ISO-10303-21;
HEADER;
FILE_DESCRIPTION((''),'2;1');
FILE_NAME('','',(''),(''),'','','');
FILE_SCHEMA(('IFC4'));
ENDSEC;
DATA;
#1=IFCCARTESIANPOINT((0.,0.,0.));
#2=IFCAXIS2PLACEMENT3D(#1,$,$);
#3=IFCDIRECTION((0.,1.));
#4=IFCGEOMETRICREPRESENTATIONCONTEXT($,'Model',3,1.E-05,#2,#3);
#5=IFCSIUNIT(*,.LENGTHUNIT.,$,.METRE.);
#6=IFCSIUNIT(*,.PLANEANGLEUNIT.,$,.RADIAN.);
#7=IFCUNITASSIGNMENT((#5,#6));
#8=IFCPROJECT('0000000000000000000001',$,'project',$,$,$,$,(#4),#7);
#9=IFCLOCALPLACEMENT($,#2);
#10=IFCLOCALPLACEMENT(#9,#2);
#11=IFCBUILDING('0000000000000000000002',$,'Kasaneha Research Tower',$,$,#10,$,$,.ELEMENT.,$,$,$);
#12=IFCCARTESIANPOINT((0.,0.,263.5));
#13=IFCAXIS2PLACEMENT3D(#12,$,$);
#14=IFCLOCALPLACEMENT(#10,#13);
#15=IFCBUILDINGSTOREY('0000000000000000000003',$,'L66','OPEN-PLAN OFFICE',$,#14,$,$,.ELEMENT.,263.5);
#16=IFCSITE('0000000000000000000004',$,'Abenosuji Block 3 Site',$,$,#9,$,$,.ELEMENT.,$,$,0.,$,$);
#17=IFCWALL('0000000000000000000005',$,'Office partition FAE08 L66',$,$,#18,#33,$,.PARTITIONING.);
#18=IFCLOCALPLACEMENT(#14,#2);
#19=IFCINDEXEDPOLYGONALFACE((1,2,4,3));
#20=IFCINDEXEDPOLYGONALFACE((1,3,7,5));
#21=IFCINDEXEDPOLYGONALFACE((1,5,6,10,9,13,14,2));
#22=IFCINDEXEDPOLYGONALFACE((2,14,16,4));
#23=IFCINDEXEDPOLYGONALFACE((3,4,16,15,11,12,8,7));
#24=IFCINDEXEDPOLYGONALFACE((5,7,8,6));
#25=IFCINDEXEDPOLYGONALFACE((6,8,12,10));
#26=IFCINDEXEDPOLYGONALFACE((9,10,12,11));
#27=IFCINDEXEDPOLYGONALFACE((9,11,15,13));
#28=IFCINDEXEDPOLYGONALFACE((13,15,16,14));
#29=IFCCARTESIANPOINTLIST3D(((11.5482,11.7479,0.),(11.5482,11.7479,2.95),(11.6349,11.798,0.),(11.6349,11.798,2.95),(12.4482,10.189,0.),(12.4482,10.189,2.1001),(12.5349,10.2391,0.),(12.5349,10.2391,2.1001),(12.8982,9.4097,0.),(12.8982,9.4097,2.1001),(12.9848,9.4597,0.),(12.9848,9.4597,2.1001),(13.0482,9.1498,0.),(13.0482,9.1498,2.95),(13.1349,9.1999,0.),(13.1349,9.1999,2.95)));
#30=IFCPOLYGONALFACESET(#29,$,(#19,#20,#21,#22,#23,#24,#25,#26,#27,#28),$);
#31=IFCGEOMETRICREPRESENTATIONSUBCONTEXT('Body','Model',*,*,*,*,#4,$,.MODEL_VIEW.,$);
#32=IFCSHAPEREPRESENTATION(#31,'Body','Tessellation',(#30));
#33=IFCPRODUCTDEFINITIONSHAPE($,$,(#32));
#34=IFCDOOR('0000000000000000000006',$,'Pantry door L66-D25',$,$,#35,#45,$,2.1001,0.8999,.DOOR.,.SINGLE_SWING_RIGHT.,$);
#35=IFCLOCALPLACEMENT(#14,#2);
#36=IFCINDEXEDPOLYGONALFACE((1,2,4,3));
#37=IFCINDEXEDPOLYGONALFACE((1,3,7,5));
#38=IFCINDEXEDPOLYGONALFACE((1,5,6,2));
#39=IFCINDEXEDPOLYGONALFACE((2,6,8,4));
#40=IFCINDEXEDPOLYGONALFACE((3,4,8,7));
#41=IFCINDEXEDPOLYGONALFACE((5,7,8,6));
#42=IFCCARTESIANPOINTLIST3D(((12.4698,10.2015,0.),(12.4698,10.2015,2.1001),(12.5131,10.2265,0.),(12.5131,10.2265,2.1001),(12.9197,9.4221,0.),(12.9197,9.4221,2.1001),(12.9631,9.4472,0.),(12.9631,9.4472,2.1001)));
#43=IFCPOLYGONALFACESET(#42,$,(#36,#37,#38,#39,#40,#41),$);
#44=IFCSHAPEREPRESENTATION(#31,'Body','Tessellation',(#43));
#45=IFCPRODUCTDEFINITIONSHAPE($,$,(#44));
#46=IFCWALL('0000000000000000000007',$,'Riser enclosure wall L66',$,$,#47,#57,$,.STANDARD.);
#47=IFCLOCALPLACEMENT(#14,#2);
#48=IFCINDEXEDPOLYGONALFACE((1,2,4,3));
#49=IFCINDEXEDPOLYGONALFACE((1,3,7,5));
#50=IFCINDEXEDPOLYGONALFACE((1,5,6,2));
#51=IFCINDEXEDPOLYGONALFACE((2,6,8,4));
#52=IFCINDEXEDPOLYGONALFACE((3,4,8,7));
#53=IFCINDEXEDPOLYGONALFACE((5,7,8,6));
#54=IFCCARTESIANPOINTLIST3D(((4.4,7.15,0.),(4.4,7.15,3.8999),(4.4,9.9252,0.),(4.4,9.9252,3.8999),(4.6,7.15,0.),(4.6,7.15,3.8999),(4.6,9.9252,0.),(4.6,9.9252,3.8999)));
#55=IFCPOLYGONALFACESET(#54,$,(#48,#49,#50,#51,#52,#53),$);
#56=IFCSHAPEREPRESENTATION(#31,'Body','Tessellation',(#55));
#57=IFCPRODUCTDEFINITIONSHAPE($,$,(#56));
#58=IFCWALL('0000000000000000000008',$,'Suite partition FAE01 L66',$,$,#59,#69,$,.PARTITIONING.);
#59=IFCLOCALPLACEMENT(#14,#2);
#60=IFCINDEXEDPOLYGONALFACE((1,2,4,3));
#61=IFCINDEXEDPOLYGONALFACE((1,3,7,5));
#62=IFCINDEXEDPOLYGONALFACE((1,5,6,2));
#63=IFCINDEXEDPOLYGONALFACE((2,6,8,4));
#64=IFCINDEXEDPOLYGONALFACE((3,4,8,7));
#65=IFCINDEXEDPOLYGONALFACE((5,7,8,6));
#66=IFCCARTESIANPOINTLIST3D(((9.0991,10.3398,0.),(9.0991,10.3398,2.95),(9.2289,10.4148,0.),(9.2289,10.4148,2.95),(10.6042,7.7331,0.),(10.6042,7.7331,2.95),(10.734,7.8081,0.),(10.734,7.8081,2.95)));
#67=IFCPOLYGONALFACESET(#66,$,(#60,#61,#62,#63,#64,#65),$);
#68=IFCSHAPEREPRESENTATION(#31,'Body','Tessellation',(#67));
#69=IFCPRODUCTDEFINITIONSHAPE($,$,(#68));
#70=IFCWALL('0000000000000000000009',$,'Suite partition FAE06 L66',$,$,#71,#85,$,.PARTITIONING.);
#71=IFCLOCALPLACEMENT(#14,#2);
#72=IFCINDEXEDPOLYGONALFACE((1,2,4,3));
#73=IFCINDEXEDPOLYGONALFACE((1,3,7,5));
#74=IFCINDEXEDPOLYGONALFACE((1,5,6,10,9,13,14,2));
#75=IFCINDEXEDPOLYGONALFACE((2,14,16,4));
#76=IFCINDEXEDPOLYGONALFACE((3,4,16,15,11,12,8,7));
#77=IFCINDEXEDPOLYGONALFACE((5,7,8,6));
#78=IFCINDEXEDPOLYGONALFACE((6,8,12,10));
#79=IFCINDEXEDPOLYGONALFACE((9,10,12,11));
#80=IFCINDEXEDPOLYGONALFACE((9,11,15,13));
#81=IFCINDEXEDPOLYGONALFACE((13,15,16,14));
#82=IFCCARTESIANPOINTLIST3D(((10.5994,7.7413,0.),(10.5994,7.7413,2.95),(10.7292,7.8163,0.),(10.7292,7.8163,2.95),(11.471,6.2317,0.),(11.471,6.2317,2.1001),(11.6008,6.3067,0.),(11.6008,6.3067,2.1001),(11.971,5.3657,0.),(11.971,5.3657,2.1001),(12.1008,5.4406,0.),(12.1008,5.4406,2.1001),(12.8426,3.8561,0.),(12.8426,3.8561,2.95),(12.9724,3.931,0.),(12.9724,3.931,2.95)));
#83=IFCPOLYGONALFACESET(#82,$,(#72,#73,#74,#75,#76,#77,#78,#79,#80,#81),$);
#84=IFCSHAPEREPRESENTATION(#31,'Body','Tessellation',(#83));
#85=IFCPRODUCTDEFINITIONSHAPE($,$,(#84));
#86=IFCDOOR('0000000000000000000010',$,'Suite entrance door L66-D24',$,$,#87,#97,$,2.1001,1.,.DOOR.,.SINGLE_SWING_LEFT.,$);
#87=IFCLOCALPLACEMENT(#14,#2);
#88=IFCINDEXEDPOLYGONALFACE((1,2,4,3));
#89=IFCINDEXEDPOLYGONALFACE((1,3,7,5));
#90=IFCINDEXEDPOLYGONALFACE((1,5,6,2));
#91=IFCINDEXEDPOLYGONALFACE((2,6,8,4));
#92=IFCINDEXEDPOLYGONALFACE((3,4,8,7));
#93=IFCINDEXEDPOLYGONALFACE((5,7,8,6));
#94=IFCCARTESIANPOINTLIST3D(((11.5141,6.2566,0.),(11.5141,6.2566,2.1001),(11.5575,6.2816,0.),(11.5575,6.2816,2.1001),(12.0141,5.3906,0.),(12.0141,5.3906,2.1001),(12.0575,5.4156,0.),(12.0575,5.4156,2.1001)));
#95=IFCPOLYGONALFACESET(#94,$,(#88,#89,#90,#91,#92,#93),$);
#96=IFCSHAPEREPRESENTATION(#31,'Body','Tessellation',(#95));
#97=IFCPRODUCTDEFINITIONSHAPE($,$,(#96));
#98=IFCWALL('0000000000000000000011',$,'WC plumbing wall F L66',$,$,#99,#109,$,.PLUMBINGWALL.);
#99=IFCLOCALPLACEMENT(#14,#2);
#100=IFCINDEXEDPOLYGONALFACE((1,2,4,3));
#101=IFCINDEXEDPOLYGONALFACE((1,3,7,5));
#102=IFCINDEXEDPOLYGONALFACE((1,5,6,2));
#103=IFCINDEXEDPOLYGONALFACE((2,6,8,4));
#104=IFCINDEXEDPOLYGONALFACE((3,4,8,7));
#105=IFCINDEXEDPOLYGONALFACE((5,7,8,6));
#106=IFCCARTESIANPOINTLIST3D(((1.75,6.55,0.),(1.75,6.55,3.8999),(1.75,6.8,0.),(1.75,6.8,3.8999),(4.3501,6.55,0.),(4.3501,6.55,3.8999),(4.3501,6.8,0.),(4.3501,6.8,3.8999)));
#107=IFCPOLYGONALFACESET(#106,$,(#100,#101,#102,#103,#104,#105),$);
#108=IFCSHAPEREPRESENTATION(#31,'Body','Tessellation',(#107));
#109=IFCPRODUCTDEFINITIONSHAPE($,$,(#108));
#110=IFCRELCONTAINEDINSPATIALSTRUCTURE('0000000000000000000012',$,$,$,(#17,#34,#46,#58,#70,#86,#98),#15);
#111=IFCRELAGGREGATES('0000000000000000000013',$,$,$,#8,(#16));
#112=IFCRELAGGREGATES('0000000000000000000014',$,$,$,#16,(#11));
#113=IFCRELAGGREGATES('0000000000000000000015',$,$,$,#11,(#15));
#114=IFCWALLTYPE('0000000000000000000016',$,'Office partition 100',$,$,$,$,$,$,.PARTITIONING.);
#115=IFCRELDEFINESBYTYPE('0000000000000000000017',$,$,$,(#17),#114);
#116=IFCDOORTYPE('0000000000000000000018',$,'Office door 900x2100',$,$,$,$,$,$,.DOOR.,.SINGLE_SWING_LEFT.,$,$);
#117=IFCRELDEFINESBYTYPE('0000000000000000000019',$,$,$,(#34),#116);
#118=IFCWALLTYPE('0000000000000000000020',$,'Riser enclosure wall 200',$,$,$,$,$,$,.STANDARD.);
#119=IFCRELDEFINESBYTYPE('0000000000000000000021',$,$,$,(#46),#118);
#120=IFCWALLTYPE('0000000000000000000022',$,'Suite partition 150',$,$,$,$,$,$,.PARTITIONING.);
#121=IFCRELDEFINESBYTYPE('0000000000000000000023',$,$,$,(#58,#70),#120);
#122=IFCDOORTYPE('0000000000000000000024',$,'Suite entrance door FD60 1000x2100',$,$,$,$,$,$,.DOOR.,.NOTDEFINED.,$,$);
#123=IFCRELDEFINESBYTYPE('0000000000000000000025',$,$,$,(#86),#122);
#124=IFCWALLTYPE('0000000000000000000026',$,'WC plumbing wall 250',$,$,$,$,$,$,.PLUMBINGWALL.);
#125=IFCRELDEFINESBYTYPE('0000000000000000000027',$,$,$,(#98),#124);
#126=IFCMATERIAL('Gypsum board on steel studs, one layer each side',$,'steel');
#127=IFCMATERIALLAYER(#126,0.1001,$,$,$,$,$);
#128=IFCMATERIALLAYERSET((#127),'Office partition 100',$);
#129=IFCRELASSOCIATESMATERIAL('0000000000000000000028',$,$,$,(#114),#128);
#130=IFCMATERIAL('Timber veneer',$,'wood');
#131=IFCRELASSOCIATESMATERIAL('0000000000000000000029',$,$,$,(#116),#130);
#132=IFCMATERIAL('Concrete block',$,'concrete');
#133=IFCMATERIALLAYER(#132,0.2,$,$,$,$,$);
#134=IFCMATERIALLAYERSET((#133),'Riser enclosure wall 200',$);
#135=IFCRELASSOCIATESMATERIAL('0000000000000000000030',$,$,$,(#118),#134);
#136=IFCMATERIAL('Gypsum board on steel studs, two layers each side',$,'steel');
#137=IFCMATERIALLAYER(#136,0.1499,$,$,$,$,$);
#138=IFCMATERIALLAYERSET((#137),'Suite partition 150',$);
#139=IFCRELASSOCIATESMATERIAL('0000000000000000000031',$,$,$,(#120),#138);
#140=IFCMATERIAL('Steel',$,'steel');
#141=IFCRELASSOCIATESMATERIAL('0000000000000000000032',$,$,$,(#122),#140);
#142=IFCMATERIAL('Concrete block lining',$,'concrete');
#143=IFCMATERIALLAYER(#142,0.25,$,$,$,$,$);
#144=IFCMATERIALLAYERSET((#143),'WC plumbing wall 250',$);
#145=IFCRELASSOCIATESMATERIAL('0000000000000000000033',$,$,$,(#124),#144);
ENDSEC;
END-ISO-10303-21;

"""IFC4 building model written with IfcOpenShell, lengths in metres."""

from ifc_helpers import new_model, si_unit, direction, frame, frame_2d, origin, place, context, subcontext, project, spatial, rectangle, extrude, material, layer, layer_set, type_object, element, fill, save


model = new_model("IFC4")

# Units and contexts
model_context = context("Model", 3, precision=1e-05, world=origin(), true_north=direction((0.0, 1.0)))
body_context = subcontext(model_context, "Body", "Model", "MODEL_VIEW")
ifc_project = project(units=[si_unit("LENGTHUNIT", "METRE"), si_unit("PLANEANGLEUNIT", "RADIAN")], contexts=[model_context])

# Site, building, storey
site_placement = place(None, origin())
site = spatial("IfcSite", under=ifc_project, at=site_placement, Name="Abenosuji Block 3 Site", CompositionType="ELEMENT", RefElevation=0.0)
building_placement = place(site_placement, origin())
building = spatial("IfcBuilding", under=site, at=building_placement, Name="Kasaneha Research Tower", CompositionType="ELEMENT")
storey_placement = place(building_placement, frame((0.0, 0.0, 263.5)))
storey = spatial("IfcBuildingStorey", under=building, at=storey_placement, Name="L66", Description="OPEN-PLAN OFFICE", CompositionType="ELEMENT", Elevation=263.5)

# Shared definitions
ifc_material_1 = material(Name="Gypsum board on steel studs, one layer each side", Category="steel")
ifc_layer_1 = layer(ifc_material_1, 0.1001)
ifc_layer_set_1 = layer_set([ifc_layer_1], Name="Office partition 100")
wall_type_1 = type_object("IfcWallType", Name="Office partition 100", PredefinedType="PARTITIONING", material=ifc_layer_set_1)

# Wall, opening, door
wall_1_placement = place(storey_placement, frame((11.5916, 11.7729, 0.0), z_axis=(0.0, 0.0, 1.0), x_axis=(0.49999, -0.866031, 0.0)))
wall_1 = element("IfcWall", 1, at=wall_1_placement, inside=storey, type_object=wall_type_1, Name="Office partition FAE08 L66", PredefinedType="PARTITIONING", context=body_context, shape_type="SweptSolid", body=[
    extrude(rectangle(XDim=3.0, YDim=0.1001, at=frame_2d((1.5, 0.0))), origin(), (0.0, 0.0, 1.0), 2.95),
])
opening_1_placement = place(wall_1_placement, frame((1.8, 0.0, 0.0)))
opening_1 = element("IfcOpeningElement", 2, at=opening_1_placement, cuts=wall_1, PredefinedType="OPENING", context=body_context, shape_type="SweptSolid", body=[
    extrude(rectangle(XDim=0.8999, YDim=2.1001, at=frame_2d((0.45, 1.05))), frame((0.0, 0.0601, 0.0), z_axis=(0.0, -1.0, 0.0), x_axis=(1.0, 0.0, 0.0)), (0.0, 0.0, 1.0), 0.1201),
])
ifc_material_2 = material(Name="Timber veneer", Category="wood")
door_type_1 = type_object("IfcDoorType", Name="Office door 900x2100", OperationType="SINGLE_SWING_LEFT", PredefinedType="DOOR", material=ifc_material_2)
door_1_placement = place(opening_1_placement, origin())
door_1 = element("IfcDoor", 3, at=door_1_placement, inside=storey, type_object=door_type_1, Name="Pantry door L66-D25", OperationType="SINGLE_SWING_RIGHT", OverallHeight=2.1001, OverallWidth=0.8999, PredefinedType="DOOR", context=body_context, shape_type="SweptSolid", body=[
    extrude(rectangle(XDim=0.8999, YDim=2.1001, at=frame_2d((0.45, 1.05))), frame((0.0, 0.0249, 0.0), z_axis=(0.0, -1.0, 0.0), x_axis=(1.0, 0.0, 0.0)), (0.0, 0.0, 1.0), 0.05),
])
fill(opening_1, door_1)

# Walls
ifc_material_3 = material(Name="Concrete block", Category="concrete")
ifc_layer_2 = layer(ifc_material_3, 0.2)
ifc_layer_set_2 = layer_set([ifc_layer_2], Name="Riser enclosure wall 200")
wall_type_2 = type_object("IfcWallType", Name="Riser enclosure wall 200", PredefinedType="STANDARD", material=ifc_layer_set_2)
wall_2_placement = place(storey_placement, frame((4.5, 7.1499, 0.0), z_axis=(0.0, 0.0, 1.0), x_axis=(0.0, 1.0, 0.0)))
element("IfcWall", 4, at=wall_2_placement, inside=storey, type_object=wall_type_2, Name="Riser enclosure wall L66", PredefinedType="STANDARD", context=body_context, shape_type="SweptSolid", body=[
    extrude(rectangle(XDim=2.7751, YDim=0.2, at=frame_2d((1.3877, 0.0))), origin(), (0.0, 0.0, 1.0), 3.8999),
])
ifc_material_4 = material(Name="Gypsum board on steel studs, two layers each side", Category="steel")
ifc_layer_3 = layer(ifc_material_4, 0.1499)
ifc_layer_set_3 = layer_set([ifc_layer_3], Name="Suite partition 150")
wall_type_3 = type_object("IfcWallType", Name="Suite partition 150", PredefinedType="PARTITIONING", material=ifc_layer_set_3)
wall_3_placement = place(storey_placement, frame((9.1641, 10.3772, 0.0), z_axis=(0.0, 0.0, 1.0), x_axis=(0.500038, -0.866003, 0.0)))
element("IfcWall", 5, at=wall_3_placement, inside=storey, type_object=wall_type_3, Name="Suite partition FAE01 L66", PredefinedType="PARTITIONING", context=body_context, shape_type="SweptSolid", body=[
    extrude(rectangle(XDim=3.01, YDim=0.1499, at=frame_2d((1.5049, 0.0))), origin(), (0.0, 0.0, 1.0), 2.95),
])

# Wall, opening, door
wall_4_placement = place(storey_placement, frame((10.6643, 7.7788, 0.0), z_axis=(0.0, 0.0, 1.0), x_axis=(0.500002, -0.866024, 0.0)))
wall_4 = element("IfcWall", 6, at=wall_4_placement, inside=storey, type_object=wall_type_3, Name="Suite partition FAE06 L66", PredefinedType="PARTITIONING", context=body_context, shape_type="SweptSolid", body=[
    extrude(rectangle(XDim=4.4863, YDim=0.1499, at=frame_2d((2.2432, 0.0))), origin(), (0.0, 0.0, 1.0), 2.95),
])
opening_2_placement = place(wall_4_placement, frame((1.7432, 0.0, 0.0)))
opening_2 = element("IfcOpeningElement", 7, at=opening_2_placement, cuts=wall_4, PredefinedType="OPENING", context=body_context, shape_type="SweptSolid", body=[
    extrude(rectangle(XDim=1.0, YDim=2.1001, at=frame_2d((0.5, 1.05))), frame((0.0, 0.085, 0.0), z_axis=(0.0, -1.0, 0.0), x_axis=(1.0, 0.0, 0.0)), (0.0, 0.0, 1.0), 0.1699),
])
ifc_material_5 = material(Name="Steel", Category="steel")
door_type_2 = type_object("IfcDoorType", Name="Suite entrance door FD60 1000x2100", OperationType="NOTDEFINED", PredefinedType="DOOR", material=ifc_material_5)
door_2_placement = place(opening_2_placement, origin())
door_2 = element("IfcDoor", 8, at=door_2_placement, inside=storey, type_object=door_type_2, Name="Suite entrance door L66-D24", OperationType="SINGLE_SWING_LEFT", OverallHeight=2.1001, OverallWidth=1.0, PredefinedType="DOOR", context=body_context, shape_type="SweptSolid", body=[
    extrude(rectangle(XDim=1.0, YDim=2.1001, at=frame_2d((0.5, 1.05))), frame((0.0, 0.0249, 0.0), z_axis=(0.0, -1.0, 0.0), x_axis=(1.0, 0.0, 0.0)), (0.0, 0.0, 1.0), 0.05),
])
fill(opening_2, door_2)

# Wall
ifc_material_6 = material(Name="Concrete block lining", Category="concrete")
ifc_layer_4 = layer(ifc_material_6, 0.25)
ifc_layer_set_4 = layer_set([ifc_layer_4], Name="WC plumbing wall 250")
wall_type_4 = type_object("IfcWallType", Name="WC plumbing wall 250", PredefinedType="PLUMBINGWALL", material=ifc_layer_set_4)
wall_5_placement = place(storey_placement, frame((1.75, 6.675, 0.0), z_axis=(0.0, 0.0, 1.0), x_axis=(1.0, 0.0, 0.0)))
element("IfcWall", 9, at=wall_5_placement, inside=storey, type_object=wall_type_4, Name="WC plumbing wall F L66", PredefinedType="PLUMBINGWALL", context=body_context, shape_type="SweptSolid", body=[
    extrude(rectangle(XDim=2.6001, YDim=0.25, at=frame_2d((1.3, 0.0))), origin(), (0.0, 0.0, 1.0), 3.8999),
])

save(model, "model.ifc")
